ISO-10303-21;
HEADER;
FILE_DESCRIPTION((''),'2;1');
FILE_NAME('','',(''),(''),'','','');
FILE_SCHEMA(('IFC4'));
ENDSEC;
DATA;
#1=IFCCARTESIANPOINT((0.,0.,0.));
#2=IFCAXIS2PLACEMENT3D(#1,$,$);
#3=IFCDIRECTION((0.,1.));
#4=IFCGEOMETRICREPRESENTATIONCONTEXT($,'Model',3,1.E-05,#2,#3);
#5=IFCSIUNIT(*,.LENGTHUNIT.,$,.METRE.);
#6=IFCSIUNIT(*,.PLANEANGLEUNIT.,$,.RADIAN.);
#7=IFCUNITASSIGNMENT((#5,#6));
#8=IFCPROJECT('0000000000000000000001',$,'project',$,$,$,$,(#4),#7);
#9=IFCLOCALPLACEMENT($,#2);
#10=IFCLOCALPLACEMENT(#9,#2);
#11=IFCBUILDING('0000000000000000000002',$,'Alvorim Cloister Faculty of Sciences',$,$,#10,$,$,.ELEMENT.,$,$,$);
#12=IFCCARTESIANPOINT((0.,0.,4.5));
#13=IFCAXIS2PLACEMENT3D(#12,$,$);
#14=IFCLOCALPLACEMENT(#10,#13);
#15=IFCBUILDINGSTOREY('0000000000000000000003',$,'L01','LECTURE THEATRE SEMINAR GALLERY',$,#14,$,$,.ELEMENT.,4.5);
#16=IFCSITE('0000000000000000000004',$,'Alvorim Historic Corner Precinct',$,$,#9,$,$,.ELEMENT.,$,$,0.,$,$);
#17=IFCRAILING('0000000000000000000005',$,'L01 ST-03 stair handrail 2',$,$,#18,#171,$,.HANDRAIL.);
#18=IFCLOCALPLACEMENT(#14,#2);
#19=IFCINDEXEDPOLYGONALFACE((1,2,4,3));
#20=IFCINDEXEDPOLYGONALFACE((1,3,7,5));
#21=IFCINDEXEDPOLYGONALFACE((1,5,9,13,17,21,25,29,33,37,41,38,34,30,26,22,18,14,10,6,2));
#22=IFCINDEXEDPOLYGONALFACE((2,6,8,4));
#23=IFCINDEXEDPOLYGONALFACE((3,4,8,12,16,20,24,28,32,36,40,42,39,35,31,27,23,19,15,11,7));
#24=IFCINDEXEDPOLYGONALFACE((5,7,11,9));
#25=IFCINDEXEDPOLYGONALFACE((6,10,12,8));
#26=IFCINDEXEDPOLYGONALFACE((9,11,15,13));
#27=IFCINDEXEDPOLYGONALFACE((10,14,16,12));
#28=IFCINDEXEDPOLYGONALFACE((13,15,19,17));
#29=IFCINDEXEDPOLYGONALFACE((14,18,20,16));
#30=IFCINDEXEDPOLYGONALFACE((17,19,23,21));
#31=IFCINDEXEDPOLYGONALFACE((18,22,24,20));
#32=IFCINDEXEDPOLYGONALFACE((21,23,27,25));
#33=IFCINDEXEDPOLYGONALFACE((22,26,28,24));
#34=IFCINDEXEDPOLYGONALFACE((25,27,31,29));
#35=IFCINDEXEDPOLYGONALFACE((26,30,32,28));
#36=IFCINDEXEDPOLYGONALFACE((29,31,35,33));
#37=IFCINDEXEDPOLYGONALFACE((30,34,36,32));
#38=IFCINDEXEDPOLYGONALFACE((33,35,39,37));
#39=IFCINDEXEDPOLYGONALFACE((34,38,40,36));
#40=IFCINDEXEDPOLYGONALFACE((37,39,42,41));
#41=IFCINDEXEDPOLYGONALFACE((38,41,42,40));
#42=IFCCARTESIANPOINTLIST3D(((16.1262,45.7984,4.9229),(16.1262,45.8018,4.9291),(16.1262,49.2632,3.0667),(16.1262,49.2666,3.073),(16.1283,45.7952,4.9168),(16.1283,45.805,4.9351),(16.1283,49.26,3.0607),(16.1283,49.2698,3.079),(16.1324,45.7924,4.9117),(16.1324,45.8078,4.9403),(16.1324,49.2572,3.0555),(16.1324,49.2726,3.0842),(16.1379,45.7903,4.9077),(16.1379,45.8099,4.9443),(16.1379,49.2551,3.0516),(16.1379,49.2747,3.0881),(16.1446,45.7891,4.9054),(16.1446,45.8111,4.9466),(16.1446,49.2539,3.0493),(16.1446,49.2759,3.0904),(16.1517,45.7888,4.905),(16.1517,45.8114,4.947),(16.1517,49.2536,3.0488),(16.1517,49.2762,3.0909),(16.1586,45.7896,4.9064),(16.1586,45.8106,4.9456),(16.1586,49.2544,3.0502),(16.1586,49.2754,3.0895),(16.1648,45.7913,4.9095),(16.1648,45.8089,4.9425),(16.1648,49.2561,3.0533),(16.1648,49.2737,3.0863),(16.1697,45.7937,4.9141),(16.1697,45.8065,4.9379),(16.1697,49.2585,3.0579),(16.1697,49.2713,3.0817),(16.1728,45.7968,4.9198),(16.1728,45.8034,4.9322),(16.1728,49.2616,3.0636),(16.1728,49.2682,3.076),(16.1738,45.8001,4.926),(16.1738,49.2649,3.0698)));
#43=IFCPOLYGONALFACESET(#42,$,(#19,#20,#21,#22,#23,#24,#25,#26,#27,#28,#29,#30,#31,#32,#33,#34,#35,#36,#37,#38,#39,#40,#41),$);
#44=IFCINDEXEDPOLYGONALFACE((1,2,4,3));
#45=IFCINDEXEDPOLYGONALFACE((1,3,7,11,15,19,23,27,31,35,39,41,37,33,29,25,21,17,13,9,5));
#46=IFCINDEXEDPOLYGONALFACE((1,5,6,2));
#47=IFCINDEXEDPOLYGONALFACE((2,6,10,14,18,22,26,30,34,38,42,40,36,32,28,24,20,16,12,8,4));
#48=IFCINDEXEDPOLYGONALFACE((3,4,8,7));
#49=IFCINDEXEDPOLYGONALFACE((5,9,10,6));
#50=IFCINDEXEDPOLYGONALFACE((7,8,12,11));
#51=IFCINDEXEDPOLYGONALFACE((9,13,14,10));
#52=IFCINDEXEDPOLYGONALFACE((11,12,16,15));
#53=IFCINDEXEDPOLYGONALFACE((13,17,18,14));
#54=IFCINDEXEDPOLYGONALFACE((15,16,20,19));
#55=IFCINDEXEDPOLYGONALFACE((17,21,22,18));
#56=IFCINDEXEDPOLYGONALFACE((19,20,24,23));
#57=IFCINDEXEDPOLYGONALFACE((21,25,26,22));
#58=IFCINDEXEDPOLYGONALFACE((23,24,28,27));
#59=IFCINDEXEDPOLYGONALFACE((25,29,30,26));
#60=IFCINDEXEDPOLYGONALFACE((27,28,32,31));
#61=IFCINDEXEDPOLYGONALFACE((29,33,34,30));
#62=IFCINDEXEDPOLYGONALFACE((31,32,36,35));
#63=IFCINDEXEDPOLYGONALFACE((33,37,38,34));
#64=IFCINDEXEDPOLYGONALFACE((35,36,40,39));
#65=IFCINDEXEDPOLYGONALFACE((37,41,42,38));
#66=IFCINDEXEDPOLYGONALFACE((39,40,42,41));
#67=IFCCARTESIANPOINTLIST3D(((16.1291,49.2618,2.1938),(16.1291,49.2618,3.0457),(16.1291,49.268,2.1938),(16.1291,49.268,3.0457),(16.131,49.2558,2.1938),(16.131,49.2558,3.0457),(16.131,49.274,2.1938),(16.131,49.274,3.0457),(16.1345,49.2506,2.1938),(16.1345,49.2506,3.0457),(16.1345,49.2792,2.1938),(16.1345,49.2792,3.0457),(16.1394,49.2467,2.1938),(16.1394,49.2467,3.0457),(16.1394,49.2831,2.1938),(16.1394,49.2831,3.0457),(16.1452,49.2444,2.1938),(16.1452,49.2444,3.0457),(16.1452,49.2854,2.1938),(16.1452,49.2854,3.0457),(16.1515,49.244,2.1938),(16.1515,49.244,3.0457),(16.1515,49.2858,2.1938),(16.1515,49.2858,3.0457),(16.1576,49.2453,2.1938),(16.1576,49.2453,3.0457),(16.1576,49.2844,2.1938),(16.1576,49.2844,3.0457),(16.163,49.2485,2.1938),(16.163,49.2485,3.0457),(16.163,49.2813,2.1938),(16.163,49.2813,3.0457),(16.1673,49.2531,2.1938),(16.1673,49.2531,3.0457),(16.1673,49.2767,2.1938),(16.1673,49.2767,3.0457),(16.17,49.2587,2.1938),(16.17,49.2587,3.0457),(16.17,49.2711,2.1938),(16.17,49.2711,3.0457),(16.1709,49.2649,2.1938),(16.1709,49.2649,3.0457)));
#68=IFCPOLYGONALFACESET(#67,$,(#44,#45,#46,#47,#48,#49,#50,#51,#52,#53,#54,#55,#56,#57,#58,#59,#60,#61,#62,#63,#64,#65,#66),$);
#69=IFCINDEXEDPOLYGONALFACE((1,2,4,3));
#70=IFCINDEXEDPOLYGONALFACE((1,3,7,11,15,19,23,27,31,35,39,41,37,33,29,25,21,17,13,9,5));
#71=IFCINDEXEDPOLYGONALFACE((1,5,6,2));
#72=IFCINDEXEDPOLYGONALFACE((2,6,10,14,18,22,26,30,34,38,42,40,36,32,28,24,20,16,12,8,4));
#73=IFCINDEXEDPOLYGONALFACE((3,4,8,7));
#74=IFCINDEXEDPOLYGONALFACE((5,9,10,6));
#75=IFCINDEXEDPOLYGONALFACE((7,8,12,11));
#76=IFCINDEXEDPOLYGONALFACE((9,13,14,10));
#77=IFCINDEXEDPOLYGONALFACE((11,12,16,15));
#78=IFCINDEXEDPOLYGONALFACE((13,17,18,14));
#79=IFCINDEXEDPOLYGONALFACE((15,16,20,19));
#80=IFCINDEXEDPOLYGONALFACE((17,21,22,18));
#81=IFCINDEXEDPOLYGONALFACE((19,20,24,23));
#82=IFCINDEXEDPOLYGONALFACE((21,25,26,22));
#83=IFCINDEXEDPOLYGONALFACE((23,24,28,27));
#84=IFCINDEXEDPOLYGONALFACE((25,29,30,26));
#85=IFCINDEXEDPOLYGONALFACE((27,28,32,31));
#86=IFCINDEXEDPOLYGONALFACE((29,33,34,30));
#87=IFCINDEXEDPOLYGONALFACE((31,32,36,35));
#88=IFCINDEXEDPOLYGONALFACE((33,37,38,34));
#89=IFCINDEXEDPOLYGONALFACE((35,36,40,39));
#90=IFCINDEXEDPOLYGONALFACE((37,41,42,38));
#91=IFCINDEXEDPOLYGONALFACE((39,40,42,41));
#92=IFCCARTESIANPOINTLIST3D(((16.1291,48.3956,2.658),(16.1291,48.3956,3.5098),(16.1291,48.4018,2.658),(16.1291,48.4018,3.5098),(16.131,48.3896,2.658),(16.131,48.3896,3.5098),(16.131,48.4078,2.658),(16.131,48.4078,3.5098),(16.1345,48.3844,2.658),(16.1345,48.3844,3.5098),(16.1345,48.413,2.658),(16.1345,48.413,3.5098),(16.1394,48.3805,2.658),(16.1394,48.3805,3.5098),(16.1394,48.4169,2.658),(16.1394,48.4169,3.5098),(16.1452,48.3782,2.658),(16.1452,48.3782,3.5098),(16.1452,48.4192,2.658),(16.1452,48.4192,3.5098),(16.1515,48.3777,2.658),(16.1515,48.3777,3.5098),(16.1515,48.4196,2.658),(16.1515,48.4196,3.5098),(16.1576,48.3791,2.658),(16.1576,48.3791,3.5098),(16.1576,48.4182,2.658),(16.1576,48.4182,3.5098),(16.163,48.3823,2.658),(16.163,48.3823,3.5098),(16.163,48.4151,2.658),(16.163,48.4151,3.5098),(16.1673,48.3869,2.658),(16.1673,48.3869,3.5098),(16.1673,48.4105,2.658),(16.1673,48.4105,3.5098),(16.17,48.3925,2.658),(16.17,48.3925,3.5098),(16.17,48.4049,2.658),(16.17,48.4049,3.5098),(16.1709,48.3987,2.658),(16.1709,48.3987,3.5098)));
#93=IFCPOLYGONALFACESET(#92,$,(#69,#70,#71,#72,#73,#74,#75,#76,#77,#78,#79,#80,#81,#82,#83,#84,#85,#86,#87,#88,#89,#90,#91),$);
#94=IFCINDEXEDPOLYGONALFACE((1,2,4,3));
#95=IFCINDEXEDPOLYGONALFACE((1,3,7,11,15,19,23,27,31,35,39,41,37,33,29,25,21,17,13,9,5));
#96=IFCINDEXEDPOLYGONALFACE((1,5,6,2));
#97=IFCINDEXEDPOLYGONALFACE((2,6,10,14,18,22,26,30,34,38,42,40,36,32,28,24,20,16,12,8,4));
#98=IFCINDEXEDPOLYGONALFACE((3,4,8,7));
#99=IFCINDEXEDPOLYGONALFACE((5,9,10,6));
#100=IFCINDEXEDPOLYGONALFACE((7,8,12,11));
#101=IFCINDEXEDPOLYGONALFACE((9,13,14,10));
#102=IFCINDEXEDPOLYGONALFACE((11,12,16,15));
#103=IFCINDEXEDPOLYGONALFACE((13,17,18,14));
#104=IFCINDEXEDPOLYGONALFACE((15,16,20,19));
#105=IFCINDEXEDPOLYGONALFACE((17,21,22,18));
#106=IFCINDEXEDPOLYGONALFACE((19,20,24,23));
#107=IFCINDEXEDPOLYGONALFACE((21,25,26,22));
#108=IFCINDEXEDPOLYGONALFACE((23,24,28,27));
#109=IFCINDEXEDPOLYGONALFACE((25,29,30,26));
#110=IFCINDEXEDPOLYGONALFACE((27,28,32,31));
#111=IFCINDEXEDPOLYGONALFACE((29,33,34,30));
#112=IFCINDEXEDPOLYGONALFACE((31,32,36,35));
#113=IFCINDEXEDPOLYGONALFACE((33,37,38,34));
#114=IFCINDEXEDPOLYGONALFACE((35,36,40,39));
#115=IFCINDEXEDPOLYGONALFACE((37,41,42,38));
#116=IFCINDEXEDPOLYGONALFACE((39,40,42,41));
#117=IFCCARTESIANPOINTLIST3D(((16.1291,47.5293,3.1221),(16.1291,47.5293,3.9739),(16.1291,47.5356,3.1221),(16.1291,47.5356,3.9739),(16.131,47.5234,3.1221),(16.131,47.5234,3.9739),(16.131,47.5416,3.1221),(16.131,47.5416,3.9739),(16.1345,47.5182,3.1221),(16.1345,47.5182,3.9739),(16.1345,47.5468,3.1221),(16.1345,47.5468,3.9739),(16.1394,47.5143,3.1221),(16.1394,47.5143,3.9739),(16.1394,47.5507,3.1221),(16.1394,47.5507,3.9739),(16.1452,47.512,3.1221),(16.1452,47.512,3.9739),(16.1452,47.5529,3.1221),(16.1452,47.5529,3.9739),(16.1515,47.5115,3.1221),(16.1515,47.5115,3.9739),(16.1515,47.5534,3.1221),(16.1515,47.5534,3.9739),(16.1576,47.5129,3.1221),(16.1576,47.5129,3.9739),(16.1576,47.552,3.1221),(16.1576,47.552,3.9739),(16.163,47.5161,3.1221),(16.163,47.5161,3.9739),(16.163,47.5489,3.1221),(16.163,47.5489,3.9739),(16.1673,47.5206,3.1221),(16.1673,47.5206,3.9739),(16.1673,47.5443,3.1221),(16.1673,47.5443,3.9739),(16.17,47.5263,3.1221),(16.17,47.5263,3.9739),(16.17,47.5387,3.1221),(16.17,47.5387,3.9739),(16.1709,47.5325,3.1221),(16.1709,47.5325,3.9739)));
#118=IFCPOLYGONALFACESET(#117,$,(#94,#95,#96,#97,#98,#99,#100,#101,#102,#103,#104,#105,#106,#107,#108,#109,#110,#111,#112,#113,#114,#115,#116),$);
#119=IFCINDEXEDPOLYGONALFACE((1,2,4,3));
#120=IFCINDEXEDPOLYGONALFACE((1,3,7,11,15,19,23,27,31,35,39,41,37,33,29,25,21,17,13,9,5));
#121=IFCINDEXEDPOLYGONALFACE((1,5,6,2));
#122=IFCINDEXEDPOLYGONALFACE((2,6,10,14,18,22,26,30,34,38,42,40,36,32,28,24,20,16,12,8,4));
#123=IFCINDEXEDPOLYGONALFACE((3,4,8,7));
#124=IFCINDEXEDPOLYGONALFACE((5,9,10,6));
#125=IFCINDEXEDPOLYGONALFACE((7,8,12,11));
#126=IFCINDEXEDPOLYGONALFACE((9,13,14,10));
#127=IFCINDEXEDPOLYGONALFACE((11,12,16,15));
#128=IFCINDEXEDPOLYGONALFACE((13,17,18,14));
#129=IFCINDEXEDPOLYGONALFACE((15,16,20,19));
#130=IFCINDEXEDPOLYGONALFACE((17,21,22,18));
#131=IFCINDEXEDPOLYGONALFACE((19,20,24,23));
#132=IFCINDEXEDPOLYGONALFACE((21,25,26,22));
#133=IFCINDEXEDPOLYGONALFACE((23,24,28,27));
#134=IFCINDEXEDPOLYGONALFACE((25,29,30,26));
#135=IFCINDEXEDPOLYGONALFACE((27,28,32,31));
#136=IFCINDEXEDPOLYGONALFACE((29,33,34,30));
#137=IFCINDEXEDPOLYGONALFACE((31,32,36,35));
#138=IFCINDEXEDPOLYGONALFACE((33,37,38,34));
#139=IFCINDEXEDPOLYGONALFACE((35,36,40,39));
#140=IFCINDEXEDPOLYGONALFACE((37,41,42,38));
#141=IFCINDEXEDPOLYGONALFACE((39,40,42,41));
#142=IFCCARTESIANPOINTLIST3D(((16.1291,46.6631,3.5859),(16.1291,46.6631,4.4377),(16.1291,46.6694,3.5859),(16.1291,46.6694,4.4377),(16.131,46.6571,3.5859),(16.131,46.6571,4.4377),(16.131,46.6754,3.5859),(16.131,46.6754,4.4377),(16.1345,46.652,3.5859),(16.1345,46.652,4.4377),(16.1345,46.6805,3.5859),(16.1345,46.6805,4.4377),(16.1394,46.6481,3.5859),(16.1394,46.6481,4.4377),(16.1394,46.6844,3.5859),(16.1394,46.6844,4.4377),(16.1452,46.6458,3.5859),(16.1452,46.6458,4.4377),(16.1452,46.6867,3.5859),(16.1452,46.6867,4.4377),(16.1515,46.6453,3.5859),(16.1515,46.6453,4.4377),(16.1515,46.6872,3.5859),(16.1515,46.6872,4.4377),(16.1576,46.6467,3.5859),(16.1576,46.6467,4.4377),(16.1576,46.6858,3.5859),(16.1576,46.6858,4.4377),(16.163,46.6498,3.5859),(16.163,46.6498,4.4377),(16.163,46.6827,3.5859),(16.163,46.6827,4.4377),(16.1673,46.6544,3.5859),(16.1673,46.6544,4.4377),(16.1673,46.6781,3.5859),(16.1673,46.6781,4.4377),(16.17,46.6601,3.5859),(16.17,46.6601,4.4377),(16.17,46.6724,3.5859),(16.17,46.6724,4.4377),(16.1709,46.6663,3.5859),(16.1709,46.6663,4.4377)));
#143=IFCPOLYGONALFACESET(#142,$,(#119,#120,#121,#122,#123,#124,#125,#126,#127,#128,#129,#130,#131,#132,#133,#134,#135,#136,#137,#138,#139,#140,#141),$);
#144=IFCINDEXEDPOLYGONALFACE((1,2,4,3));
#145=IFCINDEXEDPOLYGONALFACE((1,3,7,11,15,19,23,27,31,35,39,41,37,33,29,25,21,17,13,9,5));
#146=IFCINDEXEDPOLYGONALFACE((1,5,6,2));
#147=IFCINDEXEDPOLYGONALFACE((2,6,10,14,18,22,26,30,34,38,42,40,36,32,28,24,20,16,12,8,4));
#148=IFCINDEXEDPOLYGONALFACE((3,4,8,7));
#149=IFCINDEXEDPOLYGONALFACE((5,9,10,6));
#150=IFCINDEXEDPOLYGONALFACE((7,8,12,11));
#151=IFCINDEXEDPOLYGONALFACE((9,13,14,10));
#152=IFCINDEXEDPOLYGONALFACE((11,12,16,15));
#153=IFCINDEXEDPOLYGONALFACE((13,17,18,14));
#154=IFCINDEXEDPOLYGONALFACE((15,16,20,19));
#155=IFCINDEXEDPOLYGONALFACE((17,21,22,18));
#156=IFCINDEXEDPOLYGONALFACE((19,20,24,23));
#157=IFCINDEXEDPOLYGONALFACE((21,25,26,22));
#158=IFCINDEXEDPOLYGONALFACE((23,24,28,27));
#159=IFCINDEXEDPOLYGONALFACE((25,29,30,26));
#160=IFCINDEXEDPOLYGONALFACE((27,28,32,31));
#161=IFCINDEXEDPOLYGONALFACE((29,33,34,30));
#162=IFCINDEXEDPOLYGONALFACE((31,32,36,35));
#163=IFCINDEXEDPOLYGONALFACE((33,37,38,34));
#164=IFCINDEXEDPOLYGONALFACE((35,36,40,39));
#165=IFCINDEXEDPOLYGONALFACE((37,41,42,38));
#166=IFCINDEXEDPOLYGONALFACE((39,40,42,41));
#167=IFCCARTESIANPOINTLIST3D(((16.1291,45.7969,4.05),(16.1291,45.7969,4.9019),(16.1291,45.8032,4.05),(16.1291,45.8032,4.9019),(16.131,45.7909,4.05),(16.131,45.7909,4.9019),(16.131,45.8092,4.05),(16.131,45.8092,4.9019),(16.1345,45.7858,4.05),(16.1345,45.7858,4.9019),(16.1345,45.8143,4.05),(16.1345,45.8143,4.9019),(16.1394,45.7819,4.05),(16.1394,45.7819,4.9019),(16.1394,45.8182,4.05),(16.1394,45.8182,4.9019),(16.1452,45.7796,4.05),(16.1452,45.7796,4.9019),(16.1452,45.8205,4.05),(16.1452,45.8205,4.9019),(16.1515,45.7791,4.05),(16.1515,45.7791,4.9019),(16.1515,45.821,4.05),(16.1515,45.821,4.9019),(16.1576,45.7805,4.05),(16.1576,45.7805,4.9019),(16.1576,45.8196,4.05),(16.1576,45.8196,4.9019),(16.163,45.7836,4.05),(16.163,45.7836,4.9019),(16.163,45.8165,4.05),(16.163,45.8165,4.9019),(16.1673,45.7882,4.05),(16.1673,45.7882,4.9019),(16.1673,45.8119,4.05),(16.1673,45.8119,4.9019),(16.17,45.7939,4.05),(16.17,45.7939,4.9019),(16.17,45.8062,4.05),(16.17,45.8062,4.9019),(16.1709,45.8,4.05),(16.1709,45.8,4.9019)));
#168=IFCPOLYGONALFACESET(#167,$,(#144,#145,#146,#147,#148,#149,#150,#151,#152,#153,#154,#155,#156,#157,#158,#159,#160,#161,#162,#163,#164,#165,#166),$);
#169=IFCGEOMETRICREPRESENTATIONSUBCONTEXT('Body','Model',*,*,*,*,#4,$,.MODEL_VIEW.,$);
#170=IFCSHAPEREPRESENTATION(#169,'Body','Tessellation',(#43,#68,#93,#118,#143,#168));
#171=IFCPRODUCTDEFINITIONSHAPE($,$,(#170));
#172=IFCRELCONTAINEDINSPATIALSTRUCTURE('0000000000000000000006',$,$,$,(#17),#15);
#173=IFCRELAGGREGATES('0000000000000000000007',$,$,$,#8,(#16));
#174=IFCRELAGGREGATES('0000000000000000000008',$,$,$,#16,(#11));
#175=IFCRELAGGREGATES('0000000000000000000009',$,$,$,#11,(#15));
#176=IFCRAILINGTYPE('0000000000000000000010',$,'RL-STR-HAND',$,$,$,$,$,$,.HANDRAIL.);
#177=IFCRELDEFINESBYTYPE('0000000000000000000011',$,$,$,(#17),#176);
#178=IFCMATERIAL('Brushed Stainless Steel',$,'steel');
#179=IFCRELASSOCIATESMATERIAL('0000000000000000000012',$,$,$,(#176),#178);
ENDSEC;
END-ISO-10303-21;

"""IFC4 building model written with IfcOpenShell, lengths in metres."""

from ifc_helpers import new_model, si_unit, direction, frame, origin, origin_2d, place, context, subcontext, project, spatial, circle, extrude, material, type_object, element, save


model = new_model("IFC4")

# Units and contexts
model_context = context("Model", 3, precision=1e-05, world=origin(), true_north=direction((0.0, 1.0)))
body_context = subcontext(model_context, "Body", "Model", "MODEL_VIEW")
ifc_project = project(units=[si_unit("LENGTHUNIT", "METRE"), si_unit("PLANEANGLEUNIT", "RADIAN")], contexts=[model_context])

# Site, building, storey
site_placement = place(None, origin())
site = spatial("IfcSite", under=ifc_project, at=site_placement, Name="Alvorim Historic Corner Precinct", CompositionType="ELEMENT", RefElevation=0.0)
building_placement = place(site_placement, origin())
building = spatial("IfcBuilding", under=site, at=building_placement, Name="Alvorim Cloister Faculty of Sciences", CompositionType="ELEMENT")
storey_placement = place(building_placement, frame((0.0, 0.0, 4.5)))
storey = spatial("IfcBuildingStorey", under=building, at=storey_placement, Name="L01", Description="LECTURE THEATRE SEMINAR GALLERY", CompositionType="ELEMENT", Elevation=4.5)

# Railing
ifc_material_1 = material(Name="Brushed Stainless Steel", Category="steel")
railing_type_1 = type_object("IfcRailingType", Name="RL-STR-HAND", PredefinedType="HANDRAIL", material=ifc_material_1)
railing_1_placement = place(storey_placement, frame((16.1499, 49.2649, 2.1938)))
element("IfcRailing", 1, at=railing_1_placement, inside=storey, type_object=railing_type_1, Name="L01 ST-03 stair handrail 2", PredefinedType="HANDRAIL", context=body_context, shape_type="SweptSolid", body=[
    extrude(circle(Radius=0.0239, at=origin_2d()), frame((0.0, 0.0, 0.876), z_axis=(0.0, -0.881476, 0.472228), x_axis=(1.0, 0.0, 0.0)), (0.0, 0.0, 1.0), 3.9307),
    extrude(circle(Radius=0.021, at=origin_2d()), origin(), (0.0, 0.0, 1.0), 0.8518),
    extrude(circle(Radius=0.021, at=origin_2d()), frame((0.0, -0.8662, 0.4641)), (0.0, 0.0, 1.0), 0.8518),
    extrude(circle(Radius=0.021, at=origin_2d()), frame((0.0, -1.7324, 0.9282)), (0.0, 0.0, 1.0), 0.8518),
    extrude(circle(Radius=0.021, at=origin_2d()), frame((0.0, -2.5986, 1.3921)), (0.0, 0.0, 1.0), 0.8518),
    extrude(circle(Radius=0.021, at=origin_2d()), frame((0.0, -3.4648, 1.8562)), (0.0, 0.0, 1.0), 0.8518),
])

save(model, "model.ifc")
